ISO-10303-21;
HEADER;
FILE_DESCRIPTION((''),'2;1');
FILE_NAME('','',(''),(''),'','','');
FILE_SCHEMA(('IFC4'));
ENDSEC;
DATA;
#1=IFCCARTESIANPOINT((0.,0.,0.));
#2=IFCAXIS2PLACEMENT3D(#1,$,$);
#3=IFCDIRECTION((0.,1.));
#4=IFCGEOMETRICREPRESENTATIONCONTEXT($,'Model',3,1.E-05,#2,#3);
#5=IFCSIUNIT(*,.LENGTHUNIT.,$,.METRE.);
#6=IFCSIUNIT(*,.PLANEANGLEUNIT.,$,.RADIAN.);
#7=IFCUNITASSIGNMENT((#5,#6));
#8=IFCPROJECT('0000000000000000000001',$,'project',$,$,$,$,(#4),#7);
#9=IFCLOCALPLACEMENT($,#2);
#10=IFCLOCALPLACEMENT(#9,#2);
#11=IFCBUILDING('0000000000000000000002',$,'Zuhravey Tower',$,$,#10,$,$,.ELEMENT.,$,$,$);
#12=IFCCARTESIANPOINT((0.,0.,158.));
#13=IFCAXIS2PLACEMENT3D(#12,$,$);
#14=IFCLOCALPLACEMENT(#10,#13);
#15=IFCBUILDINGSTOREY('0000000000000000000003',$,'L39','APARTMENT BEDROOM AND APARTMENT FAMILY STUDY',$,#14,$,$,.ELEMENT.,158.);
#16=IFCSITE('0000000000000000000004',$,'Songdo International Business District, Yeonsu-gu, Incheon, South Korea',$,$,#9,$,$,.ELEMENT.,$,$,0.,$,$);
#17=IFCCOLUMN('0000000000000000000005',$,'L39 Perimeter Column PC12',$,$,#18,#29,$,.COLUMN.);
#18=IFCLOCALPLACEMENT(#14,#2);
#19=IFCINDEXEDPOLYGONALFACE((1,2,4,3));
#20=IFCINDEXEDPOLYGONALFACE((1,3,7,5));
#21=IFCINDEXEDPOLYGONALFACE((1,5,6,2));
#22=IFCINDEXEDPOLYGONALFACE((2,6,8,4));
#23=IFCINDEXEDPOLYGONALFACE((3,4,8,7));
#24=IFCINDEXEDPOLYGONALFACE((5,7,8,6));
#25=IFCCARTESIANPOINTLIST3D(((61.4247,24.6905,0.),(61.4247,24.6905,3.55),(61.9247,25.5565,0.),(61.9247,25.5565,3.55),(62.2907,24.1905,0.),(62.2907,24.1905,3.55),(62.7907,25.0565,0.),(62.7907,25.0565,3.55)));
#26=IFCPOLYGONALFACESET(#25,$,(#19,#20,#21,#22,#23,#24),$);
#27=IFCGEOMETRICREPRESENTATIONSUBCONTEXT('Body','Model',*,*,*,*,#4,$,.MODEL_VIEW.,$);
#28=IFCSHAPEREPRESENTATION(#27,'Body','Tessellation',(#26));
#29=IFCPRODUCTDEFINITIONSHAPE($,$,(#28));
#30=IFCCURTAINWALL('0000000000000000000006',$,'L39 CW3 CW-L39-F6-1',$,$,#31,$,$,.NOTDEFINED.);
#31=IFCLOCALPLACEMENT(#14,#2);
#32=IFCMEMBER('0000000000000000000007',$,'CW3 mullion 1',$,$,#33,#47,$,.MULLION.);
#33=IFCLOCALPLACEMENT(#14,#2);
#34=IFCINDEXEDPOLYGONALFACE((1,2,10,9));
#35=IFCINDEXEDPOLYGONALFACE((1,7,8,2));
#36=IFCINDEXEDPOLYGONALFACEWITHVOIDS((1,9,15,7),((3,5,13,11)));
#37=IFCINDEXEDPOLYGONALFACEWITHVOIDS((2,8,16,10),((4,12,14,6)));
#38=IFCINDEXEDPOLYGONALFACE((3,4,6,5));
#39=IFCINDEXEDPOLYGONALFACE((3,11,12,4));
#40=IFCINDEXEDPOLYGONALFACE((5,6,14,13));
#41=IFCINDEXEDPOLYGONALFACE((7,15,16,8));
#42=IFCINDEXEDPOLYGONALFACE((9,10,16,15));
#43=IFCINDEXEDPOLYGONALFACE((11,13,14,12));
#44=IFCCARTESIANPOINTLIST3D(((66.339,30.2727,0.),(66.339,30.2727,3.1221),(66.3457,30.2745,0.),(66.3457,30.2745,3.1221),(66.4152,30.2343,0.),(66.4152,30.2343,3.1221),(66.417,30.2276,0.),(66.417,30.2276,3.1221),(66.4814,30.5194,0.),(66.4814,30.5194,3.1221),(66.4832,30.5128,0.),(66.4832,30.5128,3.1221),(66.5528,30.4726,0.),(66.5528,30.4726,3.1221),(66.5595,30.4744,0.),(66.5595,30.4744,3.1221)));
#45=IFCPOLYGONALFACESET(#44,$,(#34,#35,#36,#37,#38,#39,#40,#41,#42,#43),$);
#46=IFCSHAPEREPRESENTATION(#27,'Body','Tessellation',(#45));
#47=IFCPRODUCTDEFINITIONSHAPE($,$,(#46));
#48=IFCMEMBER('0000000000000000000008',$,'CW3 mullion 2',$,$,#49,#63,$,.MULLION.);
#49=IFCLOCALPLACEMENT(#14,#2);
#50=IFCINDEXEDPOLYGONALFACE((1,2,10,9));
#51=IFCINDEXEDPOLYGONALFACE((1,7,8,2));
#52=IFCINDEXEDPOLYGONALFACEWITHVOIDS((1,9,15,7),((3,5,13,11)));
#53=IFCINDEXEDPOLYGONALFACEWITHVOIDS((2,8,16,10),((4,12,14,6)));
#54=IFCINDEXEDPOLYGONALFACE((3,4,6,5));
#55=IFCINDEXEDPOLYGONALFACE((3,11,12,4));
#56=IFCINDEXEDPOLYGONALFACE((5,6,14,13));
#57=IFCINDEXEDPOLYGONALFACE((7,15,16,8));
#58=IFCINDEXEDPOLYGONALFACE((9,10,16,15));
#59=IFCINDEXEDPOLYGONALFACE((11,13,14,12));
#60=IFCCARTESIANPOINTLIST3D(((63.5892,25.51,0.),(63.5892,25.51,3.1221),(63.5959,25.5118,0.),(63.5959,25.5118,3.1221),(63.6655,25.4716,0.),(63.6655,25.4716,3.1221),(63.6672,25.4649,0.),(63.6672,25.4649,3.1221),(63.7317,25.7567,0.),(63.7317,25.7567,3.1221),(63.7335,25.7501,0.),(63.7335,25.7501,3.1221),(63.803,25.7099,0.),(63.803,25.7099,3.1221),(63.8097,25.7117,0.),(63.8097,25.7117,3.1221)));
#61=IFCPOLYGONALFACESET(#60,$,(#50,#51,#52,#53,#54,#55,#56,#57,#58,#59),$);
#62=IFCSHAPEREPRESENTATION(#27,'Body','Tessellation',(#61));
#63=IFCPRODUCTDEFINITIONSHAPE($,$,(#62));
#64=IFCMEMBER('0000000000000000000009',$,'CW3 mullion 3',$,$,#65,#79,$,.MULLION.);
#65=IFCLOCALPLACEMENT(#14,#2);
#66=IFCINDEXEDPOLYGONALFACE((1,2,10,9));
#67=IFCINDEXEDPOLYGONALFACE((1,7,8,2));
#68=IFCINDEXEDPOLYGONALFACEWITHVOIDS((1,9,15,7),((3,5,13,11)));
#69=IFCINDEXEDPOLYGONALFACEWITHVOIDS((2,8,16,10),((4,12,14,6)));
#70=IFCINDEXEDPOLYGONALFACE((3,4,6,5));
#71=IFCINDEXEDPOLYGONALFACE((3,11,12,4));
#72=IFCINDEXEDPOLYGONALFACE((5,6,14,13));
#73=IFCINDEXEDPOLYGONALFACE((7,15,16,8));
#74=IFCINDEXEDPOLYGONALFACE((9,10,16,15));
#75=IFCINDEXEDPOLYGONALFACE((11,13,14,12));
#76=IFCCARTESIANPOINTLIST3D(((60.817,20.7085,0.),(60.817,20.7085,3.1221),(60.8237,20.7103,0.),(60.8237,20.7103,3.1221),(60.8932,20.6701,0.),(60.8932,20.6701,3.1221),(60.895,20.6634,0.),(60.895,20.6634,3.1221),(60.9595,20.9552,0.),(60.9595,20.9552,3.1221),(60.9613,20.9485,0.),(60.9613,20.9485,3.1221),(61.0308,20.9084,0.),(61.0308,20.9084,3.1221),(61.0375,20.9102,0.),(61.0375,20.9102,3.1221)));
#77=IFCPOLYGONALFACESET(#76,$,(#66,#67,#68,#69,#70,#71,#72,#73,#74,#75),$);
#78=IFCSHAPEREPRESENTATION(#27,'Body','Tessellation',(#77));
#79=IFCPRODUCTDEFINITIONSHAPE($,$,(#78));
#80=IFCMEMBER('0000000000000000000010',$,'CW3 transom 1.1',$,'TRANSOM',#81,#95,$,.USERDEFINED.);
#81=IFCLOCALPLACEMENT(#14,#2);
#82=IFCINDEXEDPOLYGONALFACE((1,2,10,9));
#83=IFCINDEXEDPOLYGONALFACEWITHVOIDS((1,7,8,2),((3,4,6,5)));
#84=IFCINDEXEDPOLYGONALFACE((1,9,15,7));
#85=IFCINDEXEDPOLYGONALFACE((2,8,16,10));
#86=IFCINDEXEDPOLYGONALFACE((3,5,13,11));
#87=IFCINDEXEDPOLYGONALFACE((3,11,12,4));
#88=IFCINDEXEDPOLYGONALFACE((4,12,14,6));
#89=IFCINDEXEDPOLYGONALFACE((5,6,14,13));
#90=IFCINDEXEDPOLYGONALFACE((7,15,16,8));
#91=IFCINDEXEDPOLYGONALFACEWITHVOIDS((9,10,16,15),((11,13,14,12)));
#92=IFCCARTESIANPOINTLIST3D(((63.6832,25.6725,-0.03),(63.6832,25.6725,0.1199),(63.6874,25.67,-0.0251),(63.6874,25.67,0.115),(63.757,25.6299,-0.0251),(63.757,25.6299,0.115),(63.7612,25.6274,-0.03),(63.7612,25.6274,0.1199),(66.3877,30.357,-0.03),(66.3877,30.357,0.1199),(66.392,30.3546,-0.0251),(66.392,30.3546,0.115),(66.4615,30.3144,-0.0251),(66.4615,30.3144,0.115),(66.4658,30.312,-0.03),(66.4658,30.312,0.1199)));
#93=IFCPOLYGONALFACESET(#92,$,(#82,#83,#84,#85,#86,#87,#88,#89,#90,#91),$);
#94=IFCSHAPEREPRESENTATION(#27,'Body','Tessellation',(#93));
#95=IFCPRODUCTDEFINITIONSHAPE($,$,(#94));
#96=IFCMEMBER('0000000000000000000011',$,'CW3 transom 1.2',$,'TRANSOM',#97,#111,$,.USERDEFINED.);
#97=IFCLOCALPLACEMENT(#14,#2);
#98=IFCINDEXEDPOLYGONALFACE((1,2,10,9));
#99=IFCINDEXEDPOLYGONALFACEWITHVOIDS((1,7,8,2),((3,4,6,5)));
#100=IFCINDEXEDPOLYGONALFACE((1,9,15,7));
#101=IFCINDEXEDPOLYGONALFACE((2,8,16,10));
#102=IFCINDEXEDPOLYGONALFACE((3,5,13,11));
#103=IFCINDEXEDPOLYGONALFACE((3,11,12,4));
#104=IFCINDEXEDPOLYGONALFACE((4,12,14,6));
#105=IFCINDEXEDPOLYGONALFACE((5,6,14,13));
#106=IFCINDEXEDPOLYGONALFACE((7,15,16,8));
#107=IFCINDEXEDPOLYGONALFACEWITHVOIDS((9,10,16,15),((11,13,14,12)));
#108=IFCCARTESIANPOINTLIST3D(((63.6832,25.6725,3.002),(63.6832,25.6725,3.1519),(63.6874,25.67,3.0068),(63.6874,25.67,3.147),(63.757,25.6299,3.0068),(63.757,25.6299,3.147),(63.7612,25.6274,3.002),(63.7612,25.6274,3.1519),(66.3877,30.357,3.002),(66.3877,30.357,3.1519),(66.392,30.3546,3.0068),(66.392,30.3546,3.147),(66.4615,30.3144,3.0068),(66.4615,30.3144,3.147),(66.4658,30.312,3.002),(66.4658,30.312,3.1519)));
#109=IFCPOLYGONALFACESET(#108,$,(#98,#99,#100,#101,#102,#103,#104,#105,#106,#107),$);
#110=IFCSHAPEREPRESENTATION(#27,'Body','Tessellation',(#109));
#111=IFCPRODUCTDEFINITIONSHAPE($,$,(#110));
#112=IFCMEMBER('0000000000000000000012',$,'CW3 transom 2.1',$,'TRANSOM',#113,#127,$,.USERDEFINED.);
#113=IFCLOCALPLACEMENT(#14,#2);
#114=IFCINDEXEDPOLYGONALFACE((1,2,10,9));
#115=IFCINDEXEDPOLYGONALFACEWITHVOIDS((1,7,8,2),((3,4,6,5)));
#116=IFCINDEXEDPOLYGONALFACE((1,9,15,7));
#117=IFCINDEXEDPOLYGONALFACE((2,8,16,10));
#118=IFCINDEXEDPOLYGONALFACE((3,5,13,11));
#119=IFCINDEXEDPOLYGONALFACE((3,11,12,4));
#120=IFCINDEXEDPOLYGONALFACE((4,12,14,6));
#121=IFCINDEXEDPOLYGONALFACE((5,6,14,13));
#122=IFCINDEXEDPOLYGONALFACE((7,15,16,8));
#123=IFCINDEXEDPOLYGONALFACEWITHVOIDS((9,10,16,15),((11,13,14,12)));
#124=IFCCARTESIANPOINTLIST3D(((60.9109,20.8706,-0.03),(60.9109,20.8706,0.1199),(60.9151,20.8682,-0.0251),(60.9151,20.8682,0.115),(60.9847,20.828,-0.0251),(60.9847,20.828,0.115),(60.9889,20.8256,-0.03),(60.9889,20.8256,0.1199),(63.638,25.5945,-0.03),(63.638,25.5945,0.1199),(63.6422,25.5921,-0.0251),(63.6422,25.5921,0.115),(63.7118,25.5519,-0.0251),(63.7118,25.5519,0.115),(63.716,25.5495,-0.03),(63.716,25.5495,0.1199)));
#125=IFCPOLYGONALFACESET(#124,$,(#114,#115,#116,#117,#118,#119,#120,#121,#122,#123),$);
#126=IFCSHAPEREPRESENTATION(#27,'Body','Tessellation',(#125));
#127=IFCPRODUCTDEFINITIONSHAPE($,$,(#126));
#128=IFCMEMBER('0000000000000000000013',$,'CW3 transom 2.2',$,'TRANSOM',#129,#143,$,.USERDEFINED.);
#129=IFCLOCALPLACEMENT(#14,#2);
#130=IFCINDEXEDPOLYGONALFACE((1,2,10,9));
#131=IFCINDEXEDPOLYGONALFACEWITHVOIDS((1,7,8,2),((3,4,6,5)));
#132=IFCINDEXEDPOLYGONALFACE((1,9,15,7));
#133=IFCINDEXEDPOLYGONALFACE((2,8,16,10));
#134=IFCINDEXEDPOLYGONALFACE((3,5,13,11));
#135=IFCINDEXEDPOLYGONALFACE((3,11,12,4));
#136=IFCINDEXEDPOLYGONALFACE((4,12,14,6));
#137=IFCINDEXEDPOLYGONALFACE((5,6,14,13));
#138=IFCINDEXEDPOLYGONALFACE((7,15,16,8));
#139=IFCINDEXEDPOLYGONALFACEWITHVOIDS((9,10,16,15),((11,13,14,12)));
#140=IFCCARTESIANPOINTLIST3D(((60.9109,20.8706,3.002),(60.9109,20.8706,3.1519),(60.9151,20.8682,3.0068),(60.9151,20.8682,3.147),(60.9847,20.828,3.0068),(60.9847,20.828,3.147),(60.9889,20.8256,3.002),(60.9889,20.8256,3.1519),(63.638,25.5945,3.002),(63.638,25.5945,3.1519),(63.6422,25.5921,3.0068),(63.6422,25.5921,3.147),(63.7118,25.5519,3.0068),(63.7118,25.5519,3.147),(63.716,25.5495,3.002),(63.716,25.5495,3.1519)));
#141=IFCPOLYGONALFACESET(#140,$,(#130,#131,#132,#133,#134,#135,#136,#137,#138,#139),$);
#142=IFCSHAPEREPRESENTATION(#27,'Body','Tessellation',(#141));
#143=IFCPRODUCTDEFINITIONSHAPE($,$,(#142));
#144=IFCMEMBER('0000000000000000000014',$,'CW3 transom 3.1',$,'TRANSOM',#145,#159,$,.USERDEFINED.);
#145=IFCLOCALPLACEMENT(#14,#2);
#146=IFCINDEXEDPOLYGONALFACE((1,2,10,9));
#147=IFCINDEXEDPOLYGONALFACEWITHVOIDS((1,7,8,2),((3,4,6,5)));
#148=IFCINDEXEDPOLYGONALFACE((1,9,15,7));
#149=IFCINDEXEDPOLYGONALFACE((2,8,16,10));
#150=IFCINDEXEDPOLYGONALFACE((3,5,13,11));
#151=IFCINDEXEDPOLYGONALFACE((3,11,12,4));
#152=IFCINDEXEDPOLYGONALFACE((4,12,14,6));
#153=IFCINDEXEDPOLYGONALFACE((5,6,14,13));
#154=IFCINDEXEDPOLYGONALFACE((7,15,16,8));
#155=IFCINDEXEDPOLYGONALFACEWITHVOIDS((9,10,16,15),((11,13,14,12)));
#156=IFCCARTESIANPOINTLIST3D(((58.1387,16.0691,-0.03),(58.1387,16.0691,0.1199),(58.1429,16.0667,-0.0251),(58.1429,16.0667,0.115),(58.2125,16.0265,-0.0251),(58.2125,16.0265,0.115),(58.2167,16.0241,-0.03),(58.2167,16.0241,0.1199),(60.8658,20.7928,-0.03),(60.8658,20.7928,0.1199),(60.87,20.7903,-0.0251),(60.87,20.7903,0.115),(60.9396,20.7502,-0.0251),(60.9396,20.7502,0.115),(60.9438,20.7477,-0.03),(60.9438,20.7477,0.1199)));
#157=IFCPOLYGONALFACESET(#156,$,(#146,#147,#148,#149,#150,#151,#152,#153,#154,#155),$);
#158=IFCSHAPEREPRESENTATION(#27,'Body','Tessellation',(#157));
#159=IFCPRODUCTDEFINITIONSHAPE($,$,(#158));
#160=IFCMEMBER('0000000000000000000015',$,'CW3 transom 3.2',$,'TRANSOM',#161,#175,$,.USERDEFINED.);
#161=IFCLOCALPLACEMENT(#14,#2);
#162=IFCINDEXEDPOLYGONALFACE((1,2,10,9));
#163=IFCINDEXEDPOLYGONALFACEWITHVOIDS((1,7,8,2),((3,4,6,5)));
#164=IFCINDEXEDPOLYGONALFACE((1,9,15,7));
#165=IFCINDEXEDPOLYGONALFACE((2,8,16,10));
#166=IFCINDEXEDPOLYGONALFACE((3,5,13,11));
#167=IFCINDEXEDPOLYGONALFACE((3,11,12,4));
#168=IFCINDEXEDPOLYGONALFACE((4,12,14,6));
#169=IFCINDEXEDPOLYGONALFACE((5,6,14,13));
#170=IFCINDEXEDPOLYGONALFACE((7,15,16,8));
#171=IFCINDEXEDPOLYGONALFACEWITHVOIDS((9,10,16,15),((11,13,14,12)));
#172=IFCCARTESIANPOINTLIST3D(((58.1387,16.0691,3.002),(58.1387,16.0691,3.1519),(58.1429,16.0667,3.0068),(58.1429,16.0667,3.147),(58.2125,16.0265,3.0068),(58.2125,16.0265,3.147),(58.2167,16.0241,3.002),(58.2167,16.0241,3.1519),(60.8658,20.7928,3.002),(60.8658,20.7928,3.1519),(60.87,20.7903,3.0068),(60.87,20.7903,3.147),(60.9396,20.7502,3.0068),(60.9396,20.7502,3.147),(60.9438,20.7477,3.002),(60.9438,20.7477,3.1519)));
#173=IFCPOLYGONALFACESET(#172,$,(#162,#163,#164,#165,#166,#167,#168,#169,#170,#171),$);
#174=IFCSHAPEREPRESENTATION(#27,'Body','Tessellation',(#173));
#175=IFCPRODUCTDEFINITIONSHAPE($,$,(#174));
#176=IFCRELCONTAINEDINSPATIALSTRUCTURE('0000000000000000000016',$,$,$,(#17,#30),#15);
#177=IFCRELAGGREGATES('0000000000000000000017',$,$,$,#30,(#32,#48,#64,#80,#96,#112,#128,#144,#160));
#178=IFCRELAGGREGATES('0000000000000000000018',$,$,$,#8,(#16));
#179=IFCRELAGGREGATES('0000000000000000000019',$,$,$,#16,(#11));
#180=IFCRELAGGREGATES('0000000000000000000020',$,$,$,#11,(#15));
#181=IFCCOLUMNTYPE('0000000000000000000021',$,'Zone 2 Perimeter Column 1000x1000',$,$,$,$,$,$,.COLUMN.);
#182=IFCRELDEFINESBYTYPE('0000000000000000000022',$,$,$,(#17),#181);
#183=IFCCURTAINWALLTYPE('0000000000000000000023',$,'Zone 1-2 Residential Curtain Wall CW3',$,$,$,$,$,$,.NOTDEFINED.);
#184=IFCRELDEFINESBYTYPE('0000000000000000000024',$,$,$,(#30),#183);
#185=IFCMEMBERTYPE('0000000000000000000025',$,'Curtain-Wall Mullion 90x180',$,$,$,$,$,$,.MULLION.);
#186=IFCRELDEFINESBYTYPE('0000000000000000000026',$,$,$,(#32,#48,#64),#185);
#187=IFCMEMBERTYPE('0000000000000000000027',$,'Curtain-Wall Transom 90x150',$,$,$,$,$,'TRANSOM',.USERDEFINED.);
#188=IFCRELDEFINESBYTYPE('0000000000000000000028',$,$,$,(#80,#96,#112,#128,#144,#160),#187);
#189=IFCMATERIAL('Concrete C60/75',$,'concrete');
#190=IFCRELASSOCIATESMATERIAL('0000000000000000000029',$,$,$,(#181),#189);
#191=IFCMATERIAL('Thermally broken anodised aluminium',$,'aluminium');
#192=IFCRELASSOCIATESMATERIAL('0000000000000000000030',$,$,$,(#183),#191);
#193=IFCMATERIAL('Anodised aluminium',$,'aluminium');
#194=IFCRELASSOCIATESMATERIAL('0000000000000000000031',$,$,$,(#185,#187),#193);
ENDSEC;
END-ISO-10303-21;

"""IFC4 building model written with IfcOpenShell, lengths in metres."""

from ifc_helpers import new_model, si_unit, direction, frame, origin, origin_2d, place, context, subcontext, project, spatial, rectangle, hollow_rectangle, extrude, material, material_profile, profile_set, type_object, element, aggregate, save


model = new_model("IFC4")

# Units and contexts
model_context = context("Model", 3, precision=1e-05, world=origin(), true_north=direction((0.0, 1.0)))
body_context = subcontext(model_context, "Body", "Model", "MODEL_VIEW")
ifc_project = project(units=[si_unit("LENGTHUNIT", "METRE"), si_unit("PLANEANGLEUNIT", "RADIAN")], contexts=[model_context])

# Site, building, storey
site_placement = place(None, origin())
site = spatial("IfcSite", under=ifc_project, at=site_placement, Name="Songdo International Business District, Yeonsu-gu, Incheon, South Korea", CompositionType="ELEMENT", RefElevation=0.0)
building_placement = place(site_placement, origin())
building = spatial("IfcBuilding", under=site, at=building_placement, Name="Zuhravey Tower", CompositionType="ELEMENT")
storey_placement = place(building_placement, frame((0.0, 0.0, 158.0)))
storey = spatial("IfcBuildingStorey", under=building, at=storey_placement, Name="L39", Description="APARTMENT BEDROOM AND APARTMENT FAMILY STUDY", CompositionType="ELEMENT", Elevation=158.0)

# Column
ifc_material_1 = material(Name="Concrete C60/75", Category="concrete")
ifc_material_profile_1 = material_profile(ifc_material_1, rectangle(XDim=1.0, YDim=1.0, at=origin_2d()), Name="RC-1000x1000")
ifc_profile_set_1 = profile_set([ifc_material_profile_1], Name="Concrete C60/75")
column_type = type_object("IfcColumnType", Name="Zone 2 Perimeter Column 1000x1000", PredefinedType="COLUMN", material=ifc_profile_set_1)
column_placement = place(storey_placement, frame((62.1077, 24.8735, 0.0), z_axis=(0.0, 0.0, 1.0), x_axis=(0.5, 0.866025, 0.0)))
element("IfcColumn", 1, at=column_placement, inside=storey, type_object=column_type, Name="L39 Perimeter Column PC12", PredefinedType="COLUMN", context=body_context, shape_type="SweptSolid", body=[
    extrude(rectangle(XDim=1.0, YDim=1.0, at=origin_2d()), origin(), (0.0, 0.0, 1.0), 3.55),
])

# Curtain wall, members
ifc_material_2 = material(Name="Thermally broken anodised aluminium", Category="aluminium")
curtain_wall_type = type_object("IfcCurtainWallType", Name="Zone 1-2 Residential Curtain Wall CW3", PredefinedType="NOTDEFINED", material=ifc_material_2)
curtain_wall_placement = place(storey_placement, origin())
curtain_wall = element("IfcCurtainWall", 2, at=curtain_wall_placement, inside=storey, type_object=curtain_wall_type, Name="L39 CW3 CW-L39-F6-1", PredefinedType="NOTDEFINED")
ifc_material_3 = material(Name="Anodised aluminium", Category="aluminium")
ifc_material_profile_2 = material_profile(ifc_material_3, hollow_rectangle(XDim=0.0901, YDim=0.2849, WallThickness=0.0049, at=origin_2d()), Name="ALU-RHS-90x285x5")
ifc_profile_set_2 = profile_set([ifc_material_profile_2], Name="Anodised aluminium")
member_type_1 = type_object("IfcMemberType", Name="Curtain-Wall Mullion 90x180", PredefinedType="MULLION", material=ifc_profile_set_2)
member_1_placement = place(storey_placement, frame((66.4492, 30.3735, 0.0), z_axis=(0.0, 0.0, 1.0), x_axis=(0.866025, -0.5, 0.0)))
member_1 = element("IfcMember", 3, at=member_1_placement, type_object=member_type_1, Name="CW3 mullion 1", PredefinedType="MULLION", context=body_context, shape_type="SweptSolid", body=[
    extrude(hollow_rectangle(XDim=0.0901, YDim=0.2849, WallThickness=0.0049, at=origin_2d()), origin(), (0.0, 0.0, 1.0), 3.1221),
])
member_2_placement = place(storey_placement, frame((63.6995, 25.6108, 0.0), z_axis=(0.0, 0.0, 1.0), x_axis=(0.866025, -0.5, 0.0)))
member_2 = element("IfcMember", 4, at=member_2_placement, type_object=member_type_1, Name="CW3 mullion 2", PredefinedType="MULLION", context=body_context, shape_type="SweptSolid", body=[
    extrude(hollow_rectangle(XDim=0.0901, YDim=0.2849, WallThickness=0.0049, at=origin_2d()), origin(), (0.0, 0.0, 1.0), 3.1221),
])
member_3_placement = place(storey_placement, frame((60.9272, 20.8093, 0.0), z_axis=(0.0, 0.0, 1.0), x_axis=(0.866025, -0.5, 0.0)))
member_3 = element("IfcMember", 5, at=member_3_placement, type_object=member_type_1, Name="CW3 mullion 3", PredefinedType="MULLION", context=body_context, shape_type="SweptSolid", body=[
    extrude(hollow_rectangle(XDim=0.0901, YDim=0.2849, WallThickness=0.0049, at=origin_2d()), origin(), (0.0, 0.0, 1.0), 3.1221),
])
ifc_material_profile_3 = material_profile(ifc_material_3, hollow_rectangle(XDim=0.0901, YDim=0.1499, WallThickness=0.0049, at=origin_2d()), Name="ALU-RHS-90x150x5")
ifc_profile_set_3 = profile_set([ifc_material_profile_3], Name="Anodised aluminium")
member_type_2 = type_object("IfcMemberType", Name="Curtain-Wall Transom 90x150", ElementType="TRANSOM", PredefinedType="USERDEFINED", material=ifc_profile_set_3)
member_4_placement = place(storey_placement, frame((66.4268, 30.3345, 0.0449), z_axis=(-0.499993, -0.866029, 0.0), x_axis=(0.866029, -0.499993, 0.0)))
member_4 = element("IfcMember", 6, at=member_4_placement, type_object=member_type_2, Name="CW3 transom 1.1", ObjectType="TRANSOM", PredefinedType="USERDEFINED", context=body_context, shape_type="SweptSolid", body=[
    extrude(hollow_rectangle(XDim=0.0901, YDim=0.1499, WallThickness=0.0049, at=origin_2d()), origin(), (0.0, 0.0, 1.0), 5.4092),
])
member_5_placement = place(storey_placement, frame((66.4268, 30.3345, 3.0769), z_axis=(-0.499993, -0.866029, 0.0), x_axis=(0.866029, -0.499993, 0.0)))
member_5 = element("IfcMember", 7, at=member_5_placement, type_object=member_type_2, Name="CW3 transom 1.2", ObjectType="TRANSOM", PredefinedType="USERDEFINED", context=body_context, shape_type="SweptSolid", body=[
    extrude(hollow_rectangle(XDim=0.0901, YDim=0.1499, WallThickness=0.0049, at=origin_2d()), origin(), (0.0, 0.0, 1.0), 5.4092),
])
member_6_placement = place(storey_placement, frame((63.677, 25.572, 0.0449), z_axis=(-0.499961, -0.866048, 0.0), x_axis=(0.866048, -0.499961, 0.0)))
member_6 = element("IfcMember", 8, at=member_6_placement, type_object=member_type_2, Name="CW3 transom 2.1", ObjectType="TRANSOM", PredefinedType="USERDEFINED", context=body_context, shape_type="SweptSolid", body=[
    extrude(hollow_rectangle(XDim=0.0901, YDim=0.1499, WallThickness=0.0049, at=origin_2d()), origin(), (0.0, 0.0, 1.0), 5.4546),
])
member_7_placement = place(storey_placement, frame((63.677, 25.572, 3.0769), z_axis=(-0.499961, -0.866048, 0.0), x_axis=(0.866048, -0.499961, 0.0)))
member_7 = element("IfcMember", 9, at=member_7_placement, type_object=member_type_2, Name="CW3 transom 2.2", ObjectType="TRANSOM", PredefinedType="USERDEFINED", context=body_context, shape_type="SweptSolid", body=[
    extrude(hollow_rectangle(XDim=0.0901, YDim=0.1499, WallThickness=0.0049, at=origin_2d()), origin(), (0.0, 0.0, 1.0), 5.4546),
])
member_8_placement = place(storey_placement, frame((60.9048, 20.7703, 0.0449), z_axis=(-0.499981, -0.866037, 0.0), x_axis=(0.866037, -0.499981, 0.0)))
member_8 = element("IfcMember", 10, at=member_8_placement, type_object=member_type_2, Name="CW3 transom 3.1", ObjectType="TRANSOM", PredefinedType="USERDEFINED", context=body_context, shape_type="SweptSolid", body=[
    extrude(hollow_rectangle(XDim=0.0901, YDim=0.1499, WallThickness=0.0049, at=origin_2d()), origin(), (0.0, 0.0, 1.0), 5.4543),
])
member_9_placement = place(storey_placement, frame((60.9048, 20.7703, 3.0769), z_axis=(-0.499981, -0.866037, 0.0), x_axis=(0.866037, -0.499981, 0.0)))
member_9 = element("IfcMember", 11, at=member_9_placement, type_object=member_type_2, Name="CW3 transom 3.2", ObjectType="TRANSOM", PredefinedType="USERDEFINED", context=body_context, shape_type="SweptSolid", body=[
    extrude(hollow_rectangle(XDim=0.0901, YDim=0.1499, WallThickness=0.0049, at=origin_2d()), origin(), (0.0, 0.0, 1.0), 5.4543),
])

aggregate(curtain_wall, [member_1, member_2, member_3, member_4, member_5, member_6, member_7, member_8, member_9])

save(model, "model.ifc")
